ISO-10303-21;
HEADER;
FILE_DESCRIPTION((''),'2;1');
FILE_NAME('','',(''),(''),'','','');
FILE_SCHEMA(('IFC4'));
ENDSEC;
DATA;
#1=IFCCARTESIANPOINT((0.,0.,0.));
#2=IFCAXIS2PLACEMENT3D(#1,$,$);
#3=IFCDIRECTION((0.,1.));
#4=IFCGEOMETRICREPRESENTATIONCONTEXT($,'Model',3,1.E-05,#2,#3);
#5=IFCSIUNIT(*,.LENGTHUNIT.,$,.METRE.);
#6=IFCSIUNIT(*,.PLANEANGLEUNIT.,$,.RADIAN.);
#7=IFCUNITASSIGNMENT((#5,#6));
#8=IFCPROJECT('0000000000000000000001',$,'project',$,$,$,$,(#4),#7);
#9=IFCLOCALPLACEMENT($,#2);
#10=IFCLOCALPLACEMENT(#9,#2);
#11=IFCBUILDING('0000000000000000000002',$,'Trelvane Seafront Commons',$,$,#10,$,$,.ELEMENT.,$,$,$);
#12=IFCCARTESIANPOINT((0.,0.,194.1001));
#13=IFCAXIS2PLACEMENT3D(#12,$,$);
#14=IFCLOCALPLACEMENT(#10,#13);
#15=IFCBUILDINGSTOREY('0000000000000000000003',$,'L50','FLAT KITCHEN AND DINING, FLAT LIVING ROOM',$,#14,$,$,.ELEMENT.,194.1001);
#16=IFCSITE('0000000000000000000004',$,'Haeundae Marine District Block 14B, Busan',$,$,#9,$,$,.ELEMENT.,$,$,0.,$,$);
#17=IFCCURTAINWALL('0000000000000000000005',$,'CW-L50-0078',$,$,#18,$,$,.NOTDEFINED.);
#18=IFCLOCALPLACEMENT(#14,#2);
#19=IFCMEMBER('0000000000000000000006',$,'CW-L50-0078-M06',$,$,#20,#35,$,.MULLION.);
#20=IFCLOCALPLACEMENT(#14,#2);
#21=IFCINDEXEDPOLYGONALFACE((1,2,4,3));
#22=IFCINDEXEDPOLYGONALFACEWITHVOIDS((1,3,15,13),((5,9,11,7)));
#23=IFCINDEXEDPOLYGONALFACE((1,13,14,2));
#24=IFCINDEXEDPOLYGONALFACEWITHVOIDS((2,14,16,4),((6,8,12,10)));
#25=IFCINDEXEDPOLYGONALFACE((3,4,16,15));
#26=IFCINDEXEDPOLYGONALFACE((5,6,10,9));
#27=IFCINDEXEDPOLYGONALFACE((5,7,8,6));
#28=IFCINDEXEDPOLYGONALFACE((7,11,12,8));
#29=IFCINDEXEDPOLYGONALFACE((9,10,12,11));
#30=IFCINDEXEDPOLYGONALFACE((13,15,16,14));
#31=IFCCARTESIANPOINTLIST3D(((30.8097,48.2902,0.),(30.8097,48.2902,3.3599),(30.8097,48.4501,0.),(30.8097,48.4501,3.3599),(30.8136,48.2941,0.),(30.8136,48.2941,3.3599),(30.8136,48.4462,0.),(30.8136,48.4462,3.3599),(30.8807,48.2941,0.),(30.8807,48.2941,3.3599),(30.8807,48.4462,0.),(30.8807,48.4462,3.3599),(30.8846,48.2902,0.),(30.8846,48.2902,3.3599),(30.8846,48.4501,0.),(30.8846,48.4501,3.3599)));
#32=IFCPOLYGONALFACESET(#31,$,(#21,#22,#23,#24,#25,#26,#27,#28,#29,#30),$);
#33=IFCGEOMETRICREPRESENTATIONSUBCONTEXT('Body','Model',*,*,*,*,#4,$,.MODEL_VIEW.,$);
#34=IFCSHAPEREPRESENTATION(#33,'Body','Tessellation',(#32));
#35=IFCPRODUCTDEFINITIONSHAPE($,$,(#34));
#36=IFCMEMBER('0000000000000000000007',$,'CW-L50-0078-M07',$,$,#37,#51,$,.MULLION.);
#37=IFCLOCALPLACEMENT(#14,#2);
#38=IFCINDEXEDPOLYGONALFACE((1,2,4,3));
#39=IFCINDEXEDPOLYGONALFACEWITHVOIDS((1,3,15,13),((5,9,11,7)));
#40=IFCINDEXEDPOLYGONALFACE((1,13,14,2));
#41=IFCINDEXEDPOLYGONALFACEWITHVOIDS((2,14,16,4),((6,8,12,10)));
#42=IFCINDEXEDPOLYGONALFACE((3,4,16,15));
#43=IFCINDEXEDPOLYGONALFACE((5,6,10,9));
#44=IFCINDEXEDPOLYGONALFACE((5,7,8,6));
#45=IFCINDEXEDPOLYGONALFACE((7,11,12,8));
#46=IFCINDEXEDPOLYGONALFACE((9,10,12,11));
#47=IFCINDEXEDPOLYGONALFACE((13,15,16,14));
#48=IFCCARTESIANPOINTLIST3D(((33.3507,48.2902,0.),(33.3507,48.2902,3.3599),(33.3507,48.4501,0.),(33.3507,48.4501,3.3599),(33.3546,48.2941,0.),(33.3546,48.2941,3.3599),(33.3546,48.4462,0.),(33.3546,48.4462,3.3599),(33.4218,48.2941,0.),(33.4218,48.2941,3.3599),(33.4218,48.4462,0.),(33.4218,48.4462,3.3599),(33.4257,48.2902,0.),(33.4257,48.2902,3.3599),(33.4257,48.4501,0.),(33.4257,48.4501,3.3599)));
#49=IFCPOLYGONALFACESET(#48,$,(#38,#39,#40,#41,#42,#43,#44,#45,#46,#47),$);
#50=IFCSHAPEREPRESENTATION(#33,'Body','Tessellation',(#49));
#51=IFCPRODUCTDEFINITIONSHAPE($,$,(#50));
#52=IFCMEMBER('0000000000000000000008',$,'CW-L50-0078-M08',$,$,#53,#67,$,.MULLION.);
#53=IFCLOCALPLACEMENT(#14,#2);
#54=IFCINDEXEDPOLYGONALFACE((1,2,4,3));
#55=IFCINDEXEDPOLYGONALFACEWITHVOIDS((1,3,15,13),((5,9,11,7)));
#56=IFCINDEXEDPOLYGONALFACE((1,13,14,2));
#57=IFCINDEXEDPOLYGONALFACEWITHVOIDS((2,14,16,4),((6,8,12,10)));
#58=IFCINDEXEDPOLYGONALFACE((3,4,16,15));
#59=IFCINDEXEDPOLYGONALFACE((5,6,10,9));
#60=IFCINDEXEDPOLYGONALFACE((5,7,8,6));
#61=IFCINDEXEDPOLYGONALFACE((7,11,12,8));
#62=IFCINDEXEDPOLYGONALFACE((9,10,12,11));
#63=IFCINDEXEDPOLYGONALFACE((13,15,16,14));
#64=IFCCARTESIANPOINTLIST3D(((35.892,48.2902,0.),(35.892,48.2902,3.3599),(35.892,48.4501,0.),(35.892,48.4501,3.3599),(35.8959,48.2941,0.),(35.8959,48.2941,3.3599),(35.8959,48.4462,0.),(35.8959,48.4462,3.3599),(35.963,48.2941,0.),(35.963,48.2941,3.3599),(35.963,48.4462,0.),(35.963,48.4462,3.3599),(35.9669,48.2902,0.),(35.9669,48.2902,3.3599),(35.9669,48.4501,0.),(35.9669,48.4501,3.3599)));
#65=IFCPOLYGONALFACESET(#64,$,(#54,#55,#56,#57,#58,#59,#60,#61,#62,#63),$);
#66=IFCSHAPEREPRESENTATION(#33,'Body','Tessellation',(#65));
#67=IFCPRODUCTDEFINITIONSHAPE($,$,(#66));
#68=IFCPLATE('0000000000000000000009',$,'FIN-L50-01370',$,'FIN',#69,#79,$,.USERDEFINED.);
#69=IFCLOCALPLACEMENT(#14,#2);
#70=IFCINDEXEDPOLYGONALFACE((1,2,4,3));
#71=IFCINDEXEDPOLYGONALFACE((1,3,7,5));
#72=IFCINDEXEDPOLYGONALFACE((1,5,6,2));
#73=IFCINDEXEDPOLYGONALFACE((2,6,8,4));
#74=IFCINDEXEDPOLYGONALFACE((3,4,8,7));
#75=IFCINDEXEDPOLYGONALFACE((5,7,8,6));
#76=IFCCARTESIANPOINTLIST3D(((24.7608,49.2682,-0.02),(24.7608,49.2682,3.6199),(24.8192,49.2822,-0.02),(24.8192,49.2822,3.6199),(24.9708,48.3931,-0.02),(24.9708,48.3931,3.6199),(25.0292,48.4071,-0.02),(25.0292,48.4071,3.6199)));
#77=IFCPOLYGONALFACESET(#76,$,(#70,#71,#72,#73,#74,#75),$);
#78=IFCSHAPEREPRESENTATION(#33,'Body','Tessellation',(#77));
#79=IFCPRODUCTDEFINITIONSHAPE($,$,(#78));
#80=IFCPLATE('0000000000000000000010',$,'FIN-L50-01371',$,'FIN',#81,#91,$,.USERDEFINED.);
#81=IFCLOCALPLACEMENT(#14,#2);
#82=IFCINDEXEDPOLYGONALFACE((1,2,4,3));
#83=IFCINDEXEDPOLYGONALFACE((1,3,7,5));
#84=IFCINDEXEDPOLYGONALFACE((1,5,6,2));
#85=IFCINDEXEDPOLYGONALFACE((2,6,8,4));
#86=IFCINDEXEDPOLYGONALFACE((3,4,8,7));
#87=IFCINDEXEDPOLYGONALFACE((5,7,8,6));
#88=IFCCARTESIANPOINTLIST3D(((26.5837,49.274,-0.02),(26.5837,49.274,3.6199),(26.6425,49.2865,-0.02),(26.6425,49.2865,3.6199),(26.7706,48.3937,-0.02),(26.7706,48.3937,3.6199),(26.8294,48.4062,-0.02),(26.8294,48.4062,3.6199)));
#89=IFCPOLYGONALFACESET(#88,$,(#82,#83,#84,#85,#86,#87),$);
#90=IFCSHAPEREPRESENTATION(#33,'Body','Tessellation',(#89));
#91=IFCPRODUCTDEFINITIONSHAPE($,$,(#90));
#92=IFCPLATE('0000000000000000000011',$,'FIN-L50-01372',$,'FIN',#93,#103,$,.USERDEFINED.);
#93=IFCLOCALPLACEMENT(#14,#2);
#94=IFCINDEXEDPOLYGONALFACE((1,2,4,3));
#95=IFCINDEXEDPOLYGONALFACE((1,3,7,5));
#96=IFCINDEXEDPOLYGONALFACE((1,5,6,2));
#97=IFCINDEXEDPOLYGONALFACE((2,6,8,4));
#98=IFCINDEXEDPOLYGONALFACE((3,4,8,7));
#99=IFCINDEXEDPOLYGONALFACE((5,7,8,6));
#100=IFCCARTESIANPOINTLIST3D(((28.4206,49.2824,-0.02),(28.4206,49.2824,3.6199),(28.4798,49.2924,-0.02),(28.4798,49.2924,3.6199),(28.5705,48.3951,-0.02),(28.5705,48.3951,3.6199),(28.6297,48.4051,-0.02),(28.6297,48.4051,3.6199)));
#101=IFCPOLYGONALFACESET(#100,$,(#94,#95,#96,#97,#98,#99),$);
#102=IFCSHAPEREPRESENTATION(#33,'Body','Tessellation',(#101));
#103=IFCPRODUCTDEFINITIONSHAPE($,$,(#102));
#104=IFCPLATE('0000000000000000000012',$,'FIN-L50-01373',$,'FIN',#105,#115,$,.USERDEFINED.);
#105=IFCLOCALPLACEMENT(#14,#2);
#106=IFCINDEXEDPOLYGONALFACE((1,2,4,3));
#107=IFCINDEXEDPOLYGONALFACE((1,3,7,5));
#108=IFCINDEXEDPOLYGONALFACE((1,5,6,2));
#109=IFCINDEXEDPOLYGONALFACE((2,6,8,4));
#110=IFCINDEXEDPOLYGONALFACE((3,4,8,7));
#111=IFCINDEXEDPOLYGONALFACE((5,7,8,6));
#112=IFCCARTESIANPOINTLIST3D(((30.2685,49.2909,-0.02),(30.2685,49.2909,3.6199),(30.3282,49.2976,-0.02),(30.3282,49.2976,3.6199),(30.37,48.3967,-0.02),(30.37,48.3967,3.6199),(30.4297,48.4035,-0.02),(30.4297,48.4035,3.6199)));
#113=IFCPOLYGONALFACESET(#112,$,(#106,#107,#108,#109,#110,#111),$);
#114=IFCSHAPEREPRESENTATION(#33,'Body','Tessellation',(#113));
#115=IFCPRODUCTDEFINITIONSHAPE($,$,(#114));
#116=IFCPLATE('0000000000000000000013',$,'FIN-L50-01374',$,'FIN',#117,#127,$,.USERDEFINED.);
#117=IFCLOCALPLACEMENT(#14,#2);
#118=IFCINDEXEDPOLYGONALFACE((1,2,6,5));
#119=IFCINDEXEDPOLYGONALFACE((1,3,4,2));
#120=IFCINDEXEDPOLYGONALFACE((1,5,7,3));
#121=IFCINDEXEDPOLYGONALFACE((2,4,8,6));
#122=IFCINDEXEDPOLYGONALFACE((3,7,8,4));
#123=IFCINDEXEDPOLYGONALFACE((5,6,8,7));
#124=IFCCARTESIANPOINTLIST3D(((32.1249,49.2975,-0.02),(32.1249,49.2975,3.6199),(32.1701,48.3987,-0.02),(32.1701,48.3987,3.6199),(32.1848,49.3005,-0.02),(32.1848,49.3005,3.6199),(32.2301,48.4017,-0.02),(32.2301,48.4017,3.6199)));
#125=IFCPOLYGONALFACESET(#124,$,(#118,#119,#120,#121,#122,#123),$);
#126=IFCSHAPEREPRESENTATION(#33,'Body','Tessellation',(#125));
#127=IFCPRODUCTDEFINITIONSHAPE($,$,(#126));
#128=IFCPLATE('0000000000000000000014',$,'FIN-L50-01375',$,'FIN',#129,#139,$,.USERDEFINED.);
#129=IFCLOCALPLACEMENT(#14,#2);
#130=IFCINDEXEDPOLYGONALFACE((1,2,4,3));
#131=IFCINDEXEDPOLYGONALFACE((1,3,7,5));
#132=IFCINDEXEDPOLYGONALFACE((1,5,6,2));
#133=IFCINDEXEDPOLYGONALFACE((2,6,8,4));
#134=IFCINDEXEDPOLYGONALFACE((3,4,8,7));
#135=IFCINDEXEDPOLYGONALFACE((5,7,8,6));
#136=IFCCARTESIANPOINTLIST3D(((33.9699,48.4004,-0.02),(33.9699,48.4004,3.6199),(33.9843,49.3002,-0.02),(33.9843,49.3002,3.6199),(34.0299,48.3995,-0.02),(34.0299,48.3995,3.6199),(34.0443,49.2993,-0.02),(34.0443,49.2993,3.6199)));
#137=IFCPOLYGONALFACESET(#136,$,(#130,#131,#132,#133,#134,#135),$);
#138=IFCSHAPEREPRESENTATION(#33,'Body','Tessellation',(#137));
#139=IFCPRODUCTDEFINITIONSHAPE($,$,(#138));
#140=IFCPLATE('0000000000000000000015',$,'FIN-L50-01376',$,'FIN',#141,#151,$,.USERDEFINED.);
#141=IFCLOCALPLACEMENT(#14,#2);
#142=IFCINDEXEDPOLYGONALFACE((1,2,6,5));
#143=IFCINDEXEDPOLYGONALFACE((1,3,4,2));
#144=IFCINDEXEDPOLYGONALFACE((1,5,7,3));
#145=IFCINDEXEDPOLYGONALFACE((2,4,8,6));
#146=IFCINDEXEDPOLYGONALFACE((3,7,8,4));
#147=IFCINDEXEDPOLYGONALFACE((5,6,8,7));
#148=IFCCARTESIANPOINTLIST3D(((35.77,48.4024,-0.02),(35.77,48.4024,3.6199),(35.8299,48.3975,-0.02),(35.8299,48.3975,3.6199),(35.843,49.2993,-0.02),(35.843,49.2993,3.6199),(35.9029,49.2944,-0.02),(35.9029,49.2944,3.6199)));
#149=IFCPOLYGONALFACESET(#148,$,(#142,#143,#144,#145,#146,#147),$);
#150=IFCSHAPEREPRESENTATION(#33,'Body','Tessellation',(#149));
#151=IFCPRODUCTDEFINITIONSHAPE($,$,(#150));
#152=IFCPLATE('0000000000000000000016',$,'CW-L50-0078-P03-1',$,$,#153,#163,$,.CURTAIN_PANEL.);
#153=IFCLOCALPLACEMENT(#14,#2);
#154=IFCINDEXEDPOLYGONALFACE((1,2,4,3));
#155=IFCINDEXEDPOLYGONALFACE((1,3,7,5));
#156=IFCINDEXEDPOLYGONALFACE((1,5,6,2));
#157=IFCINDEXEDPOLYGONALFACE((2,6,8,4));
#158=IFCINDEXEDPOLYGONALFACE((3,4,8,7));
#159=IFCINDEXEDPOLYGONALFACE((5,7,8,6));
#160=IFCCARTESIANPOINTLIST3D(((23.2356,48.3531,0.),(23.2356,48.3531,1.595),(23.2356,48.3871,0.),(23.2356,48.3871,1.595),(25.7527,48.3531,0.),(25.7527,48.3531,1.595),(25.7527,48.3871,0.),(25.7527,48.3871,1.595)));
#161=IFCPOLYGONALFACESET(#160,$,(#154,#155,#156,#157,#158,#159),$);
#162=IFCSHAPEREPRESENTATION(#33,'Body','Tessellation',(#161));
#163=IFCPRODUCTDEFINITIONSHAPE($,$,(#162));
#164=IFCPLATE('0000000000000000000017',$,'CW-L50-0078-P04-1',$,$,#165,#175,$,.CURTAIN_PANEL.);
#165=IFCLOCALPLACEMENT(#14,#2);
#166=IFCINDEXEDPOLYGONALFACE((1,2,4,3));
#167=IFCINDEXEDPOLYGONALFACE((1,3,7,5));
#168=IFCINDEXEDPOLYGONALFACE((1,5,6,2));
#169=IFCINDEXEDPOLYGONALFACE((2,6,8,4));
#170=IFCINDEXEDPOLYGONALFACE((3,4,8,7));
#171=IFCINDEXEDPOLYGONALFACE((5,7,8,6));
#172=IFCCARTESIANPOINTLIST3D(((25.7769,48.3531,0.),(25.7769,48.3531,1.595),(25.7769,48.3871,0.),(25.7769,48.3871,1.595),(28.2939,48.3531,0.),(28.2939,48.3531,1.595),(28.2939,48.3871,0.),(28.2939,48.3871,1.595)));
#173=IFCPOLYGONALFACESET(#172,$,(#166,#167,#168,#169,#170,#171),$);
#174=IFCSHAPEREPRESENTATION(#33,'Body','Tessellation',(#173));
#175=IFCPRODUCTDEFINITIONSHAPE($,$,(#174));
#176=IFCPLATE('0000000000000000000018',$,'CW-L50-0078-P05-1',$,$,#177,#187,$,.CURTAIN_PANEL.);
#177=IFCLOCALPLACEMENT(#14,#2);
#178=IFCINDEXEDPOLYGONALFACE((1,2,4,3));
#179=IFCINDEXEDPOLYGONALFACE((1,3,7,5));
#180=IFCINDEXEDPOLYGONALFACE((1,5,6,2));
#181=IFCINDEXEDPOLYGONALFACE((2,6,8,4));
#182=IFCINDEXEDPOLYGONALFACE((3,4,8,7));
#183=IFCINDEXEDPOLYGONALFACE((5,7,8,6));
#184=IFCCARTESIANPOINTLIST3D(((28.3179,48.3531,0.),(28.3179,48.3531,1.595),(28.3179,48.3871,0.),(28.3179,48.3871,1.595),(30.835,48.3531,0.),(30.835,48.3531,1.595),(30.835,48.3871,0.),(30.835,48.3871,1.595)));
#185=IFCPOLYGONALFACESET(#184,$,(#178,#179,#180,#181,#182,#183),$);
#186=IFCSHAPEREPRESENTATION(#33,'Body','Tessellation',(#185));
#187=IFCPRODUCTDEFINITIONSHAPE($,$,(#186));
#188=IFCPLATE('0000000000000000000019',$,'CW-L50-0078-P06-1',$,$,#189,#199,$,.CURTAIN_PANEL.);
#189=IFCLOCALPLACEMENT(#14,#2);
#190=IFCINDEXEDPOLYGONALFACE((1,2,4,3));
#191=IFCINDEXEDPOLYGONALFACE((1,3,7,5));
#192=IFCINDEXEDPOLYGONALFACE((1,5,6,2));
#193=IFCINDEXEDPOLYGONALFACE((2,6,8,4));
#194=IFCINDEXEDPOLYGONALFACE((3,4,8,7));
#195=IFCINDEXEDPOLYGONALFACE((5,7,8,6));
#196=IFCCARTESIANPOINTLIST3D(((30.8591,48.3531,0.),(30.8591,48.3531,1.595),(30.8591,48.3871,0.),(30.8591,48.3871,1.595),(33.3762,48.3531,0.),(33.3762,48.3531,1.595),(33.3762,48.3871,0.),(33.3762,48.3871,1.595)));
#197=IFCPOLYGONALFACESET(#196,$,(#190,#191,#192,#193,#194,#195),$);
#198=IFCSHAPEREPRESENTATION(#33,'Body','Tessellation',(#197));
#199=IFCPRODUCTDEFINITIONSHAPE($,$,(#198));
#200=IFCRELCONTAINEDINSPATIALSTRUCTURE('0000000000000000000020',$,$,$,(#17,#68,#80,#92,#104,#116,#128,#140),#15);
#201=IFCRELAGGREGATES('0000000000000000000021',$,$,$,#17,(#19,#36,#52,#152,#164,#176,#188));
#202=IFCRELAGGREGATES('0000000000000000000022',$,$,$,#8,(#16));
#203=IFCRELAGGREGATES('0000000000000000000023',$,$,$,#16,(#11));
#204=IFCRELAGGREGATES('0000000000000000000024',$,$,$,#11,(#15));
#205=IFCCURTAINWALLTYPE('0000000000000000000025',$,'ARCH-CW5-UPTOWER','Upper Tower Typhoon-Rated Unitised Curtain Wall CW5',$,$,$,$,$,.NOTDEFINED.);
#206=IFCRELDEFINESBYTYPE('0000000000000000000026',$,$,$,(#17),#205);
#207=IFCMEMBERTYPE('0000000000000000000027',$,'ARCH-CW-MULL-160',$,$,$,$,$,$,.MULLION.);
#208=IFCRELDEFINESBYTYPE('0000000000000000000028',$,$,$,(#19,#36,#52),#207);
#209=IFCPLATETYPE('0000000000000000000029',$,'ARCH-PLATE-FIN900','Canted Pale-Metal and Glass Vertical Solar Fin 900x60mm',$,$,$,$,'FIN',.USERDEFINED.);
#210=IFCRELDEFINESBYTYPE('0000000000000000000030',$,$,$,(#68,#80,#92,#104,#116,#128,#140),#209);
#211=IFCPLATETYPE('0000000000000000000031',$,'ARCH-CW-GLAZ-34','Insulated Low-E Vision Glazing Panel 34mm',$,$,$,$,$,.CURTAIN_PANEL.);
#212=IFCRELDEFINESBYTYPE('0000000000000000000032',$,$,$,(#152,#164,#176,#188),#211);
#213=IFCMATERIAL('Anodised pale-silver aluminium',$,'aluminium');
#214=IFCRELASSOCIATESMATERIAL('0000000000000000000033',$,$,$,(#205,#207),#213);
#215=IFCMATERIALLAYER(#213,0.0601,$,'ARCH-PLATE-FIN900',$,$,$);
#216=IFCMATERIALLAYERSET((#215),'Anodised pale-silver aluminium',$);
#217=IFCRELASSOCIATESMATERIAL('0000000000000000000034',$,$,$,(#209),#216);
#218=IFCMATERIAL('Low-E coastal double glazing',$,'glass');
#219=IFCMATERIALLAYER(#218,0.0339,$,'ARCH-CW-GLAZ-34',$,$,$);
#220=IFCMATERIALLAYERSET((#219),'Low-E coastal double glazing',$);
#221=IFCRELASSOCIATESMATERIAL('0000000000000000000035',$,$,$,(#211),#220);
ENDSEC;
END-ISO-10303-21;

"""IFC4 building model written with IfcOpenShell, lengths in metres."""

from ifc_helpers import new_model, si_unit, direction, frame, origin, origin_2d, place, context, subcontext, project, spatial, rectangle, hollow_rectangle, extrude, source, transform, mapped, material, layer, layer_set, material_profile, profile_set, type_object, element, aggregate, save


model = new_model("IFC4")

# Units and contexts
model_context = context("Model", 3, precision=1e-05, world=origin(), true_north=direction((0.0, 1.0)))
body_context = subcontext(model_context, "Body", "Model", "MODEL_VIEW")
ifc_project = project(units=[si_unit("LENGTHUNIT", "METRE"), si_unit("PLANEANGLEUNIT", "RADIAN")], contexts=[model_context])

# Site, building, storey
site_placement = place(None, origin())
site = spatial("IfcSite", under=ifc_project, at=site_placement, Name="Haeundae Marine District Block 14B, Busan", CompositionType="ELEMENT", RefElevation=0.0)
building_placement = place(site_placement, origin())
building = spatial("IfcBuilding", under=site, at=building_placement, Name="Trelvane Seafront Commons", CompositionType="ELEMENT")
storey_placement = place(building_placement, frame((0.0, 0.0, 194.1001)))
storey = spatial("IfcBuildingStorey", under=building, at=storey_placement, Name="L50", Description="FLAT KITCHEN AND DINING, FLAT LIVING ROOM", CompositionType="ELEMENT", Elevation=194.1001)

# Curtain wall, members
ifc_material_1 = material(Name="Anodised pale-silver aluminium", Category="aluminium")
curtain_wall_type = type_object("IfcCurtainWallType", Name="ARCH-CW5-UPTOWER", Description="Upper Tower Typhoon-Rated Unitised Curtain Wall CW5", PredefinedType="NOTDEFINED", material=ifc_material_1)
curtain_wall_placement = place(storey_placement, origin())
curtain_wall = element("IfcCurtainWall", 1, at=curtain_wall_placement, inside=storey, type_object=curtain_wall_type, Name="CW-L50-0078", PredefinedType="NOTDEFINED")
ifc_material_profile_1 = material_profile(ifc_material_1, hollow_rectangle(XDim=0.075, YDim=0.1599, WallThickness=0.0039, at=origin_2d()), Name="MULL-75x160x4")
ifc_profile_set_1 = profile_set([ifc_material_profile_1], Name="Anodised pale-silver aluminium")
member_type_1 = type_object("IfcMemberType", Name="ARCH-CW-MULL-160", PredefinedType="MULLION", material=ifc_profile_set_1)
shared_shape_1 = source(origin(), body_context, "Body", "SweptSolid", [
    extrude(hollow_rectangle(XDim=0.075, YDim=0.1599, WallThickness=0.0039, at=origin_2d()), origin(), (0.0, 0.0, 1.0), 3.3599),
])
member_1_placement = place(storey_placement, frame((30.8472, 48.3701, 0.0), z_axis=(0.0, 0.0, 1.0), x_axis=(1.0, 0.0, 0.0)))
member_1 = element("IfcMember", 2, at=member_1_placement, type_object=member_type_1, Name="CW-L50-0078-M06", PredefinedType="MULLION", context=body_context, shape_type="MappedRepresentation", body=[
    mapped(shared_shape_1, transform((0.0, 0.0, 0.0), x_axis=(1.0, 0.0, 0.0), y_axis=(0.0, 1.0, 0.0), z_axis=(0.0, 0.0, 1.0), scale=1.0)),
])
member_2_placement = place(storey_placement, frame((33.3882, 48.3701, 0.0), z_axis=(0.0, 0.0, 1.0), x_axis=(1.0, 0.0, 0.0)))
member_2 = element("IfcMember", 3, at=member_2_placement, type_object=member_type_1, Name="CW-L50-0078-M07", PredefinedType="MULLION", context=body_context, shape_type="MappedRepresentation", body=[
    mapped(shared_shape_1, transform((0.0, 0.0, 0.0), x_axis=(1.0, 0.0, 0.0), y_axis=(0.0, 1.0, 0.0), z_axis=(0.0, 0.0, 1.0), scale=1.0)),
])
member_3_placement = place(storey_placement, frame((35.9294, 48.3701, 0.0), z_axis=(0.0, 0.0, 1.0), x_axis=(1.0, 0.0, 0.0)))
member_3 = element("IfcMember", 4, at=member_3_placement, type_object=member_type_1, Name="CW-L50-0078-M08", PredefinedType="MULLION", context=body_context, shape_type="MappedRepresentation", body=[
    mapped(shared_shape_1, transform((0.0, 0.0, 0.0), x_axis=(1.0, 0.0, 0.0), y_axis=(0.0, 1.0, 0.0), z_axis=(0.0, 0.0, 1.0), scale=1.0)),
])

# Plates
ifc_layer_1 = layer(ifc_material_1, 0.0601, Name="ARCH-PLATE-FIN900")
ifc_layer_set_1 = layer_set([ifc_layer_1], Name="Anodised pale-silver aluminium")
plate_type_1 = type_object("IfcPlateType", Name="ARCH-PLATE-FIN900", Description="Canted Pale-Metal and Glass Vertical Solar Fin 900x60mm", ElementType="FIN", PredefinedType="USERDEFINED", material=ifc_layer_set_1)
shared_shape_2 = source(origin(), body_context, "Body", "SweptSolid", [
    extrude(rectangle(XDim=0.8999, YDim=0.0601, at=origin_2d()), origin(), (0.0, 0.0, 1.0), 3.6399),
])
for number, where, z_axis, x_axis, name in (
    (5, (24.895, 48.8376, -0.02), (0.0, 0.0, 1.0), (-0.233323, 0.972399, 0.0), "FIN-L50-01370"),
    (6, (26.7065, 48.8401, -0.02), (0.0, 0.0, 1.0), (-0.207662, 0.978201, 0.0), "FIN-L50-01371"),
    (7, (28.5251, 48.8438, -0.02), (0.0, 0.0, 1.0), (-0.166561, 0.986031, 0.0), "FIN-L50-01372"),
    (8, (30.3491, 48.8472, -0.02), (0.0, 0.0, 1.0), (-0.112773, 0.993621, 0.0), "FIN-L50-01373"),
    (9, (32.1775, 48.8496, -0.02), (0.0, 0.0, 1.0), (-0.050331, 0.998733, 0.0), "FIN-L50-01374"),
    (10, (34.0071, 48.8499, -0.02), (0.0, 0.0, 1.0), (0.016, 0.999872, 0.0), "FIN-L50-01375"),
    (11, (35.8364, 48.8484, -0.02), (0.0, 0.0, 1.0), (0.081114, 0.996705, 0.0), "FIN-L50-01376"),
):
    element("IfcPlate", number, at=place(storey_placement, frame(where, z_axis=z_axis, x_axis=x_axis)), inside=storey, type_object=plate_type_1, Name=name, ObjectType="FIN", PredefinedType="USERDEFINED", context=body_context, shape_type="MappedRepresentation", body=[
        mapped(shared_shape_2, transform((0.0, 0.0, 0.0), x_axis=(1.0, 0.0, 0.0), y_axis=(0.0, 1.0, 0.0), z_axis=(0.0, 0.0, 1.0), scale=1.0)),
    ])

# Plates
ifc_material_2 = material(Name="Low-E coastal double glazing", Category="glass")
ifc_layer_2 = layer(ifc_material_2, 0.0339, Name="ARCH-CW-GLAZ-34")
ifc_layer_set_2 = layer_set([ifc_layer_2], Name="Low-E coastal double glazing")
plate_type_2 = type_object("IfcPlateType", Name="ARCH-CW-GLAZ-34", Description="Insulated Low-E Vision Glazing Panel 34mm", PredefinedType="CURTAIN_PANEL", material=ifc_layer_set_2)
shared_shape_3 = source(origin(), body_context, "Body", "SweptSolid", [
    extrude(rectangle(XDim=2.5171, YDim=0.0339, at=origin_2d()), origin(), (0.0, 0.0, 1.0), 1.595),
])
plate_1_placement = place(storey_placement, frame((24.4941, 48.3701, 0.0), z_axis=(0.0, 0.0, 1.0), x_axis=(1.0, 0.0, 0.0)))
plate_1 = element("IfcPlate", 12, at=plate_1_placement, type_object=plate_type_2, Name="CW-L50-0078-P03-1", PredefinedType="CURTAIN_PANEL", context=body_context, shape_type="MappedRepresentation", body=[
    mapped(shared_shape_3, transform((0.0, 0.0, 0.0), x_axis=(1.0, 0.0, 0.0), y_axis=(0.0, 1.0, 0.0), z_axis=(0.0, 0.0, 1.0), scale=1.0)),
])
plate_2_placement = place(storey_placement, frame((27.0354, 48.3701, 0.0), z_axis=(0.0, 0.0, 1.0), x_axis=(1.0, 0.0, 0.0)))
plate_2 = element("IfcPlate", 13, at=plate_2_placement, type_object=plate_type_2, Name="CW-L50-0078-P04-1", PredefinedType="CURTAIN_PANEL", context=body_context, shape_type="MappedRepresentation", body=[
    mapped(shared_shape_3, transform((0.0, 0.0, 0.0), x_axis=(1.0, 0.0, 0.0), y_axis=(0.0, 1.0, 0.0), z_axis=(0.0, 0.0, 1.0), scale=1.0)),
])
plate_3_placement = place(storey_placement, frame((29.5764, 48.3701, 0.0), z_axis=(0.0, 0.0, 1.0), x_axis=(1.0, 0.0, 0.0)))
plate_3 = element("IfcPlate", 14, at=plate_3_placement, type_object=plate_type_2, Name="CW-L50-0078-P05-1", PredefinedType="CURTAIN_PANEL", context=body_context, shape_type="MappedRepresentation", body=[
    mapped(shared_shape_3, transform((0.0, 0.0, 0.0), x_axis=(1.0, 0.0, 0.0), y_axis=(0.0, 1.0, 0.0), z_axis=(0.0, 0.0, 1.0), scale=1.0)),
])
plate_4_placement = place(storey_placement, frame((32.1177, 48.3701, 0.0), z_axis=(0.0, 0.0, 1.0), x_axis=(1.0, 0.0, 0.0)))
plate_4 = element("IfcPlate", 15, at=plate_4_placement, type_object=plate_type_2, Name="CW-L50-0078-P06-1", PredefinedType="CURTAIN_PANEL", context=body_context, shape_type="MappedRepresentation", body=[
    mapped(shared_shape_3, transform((0.0, 0.0, 0.0), x_axis=(1.0, 0.0, 0.0), y_axis=(0.0, 1.0, 0.0), z_axis=(0.0, 0.0, 1.0), scale=1.0)),
])
aggregate(curtain_wall, [member_1, member_2, member_3, plate_1, plate_2, plate_3, plate_4])

save(model, "model.ifc")
